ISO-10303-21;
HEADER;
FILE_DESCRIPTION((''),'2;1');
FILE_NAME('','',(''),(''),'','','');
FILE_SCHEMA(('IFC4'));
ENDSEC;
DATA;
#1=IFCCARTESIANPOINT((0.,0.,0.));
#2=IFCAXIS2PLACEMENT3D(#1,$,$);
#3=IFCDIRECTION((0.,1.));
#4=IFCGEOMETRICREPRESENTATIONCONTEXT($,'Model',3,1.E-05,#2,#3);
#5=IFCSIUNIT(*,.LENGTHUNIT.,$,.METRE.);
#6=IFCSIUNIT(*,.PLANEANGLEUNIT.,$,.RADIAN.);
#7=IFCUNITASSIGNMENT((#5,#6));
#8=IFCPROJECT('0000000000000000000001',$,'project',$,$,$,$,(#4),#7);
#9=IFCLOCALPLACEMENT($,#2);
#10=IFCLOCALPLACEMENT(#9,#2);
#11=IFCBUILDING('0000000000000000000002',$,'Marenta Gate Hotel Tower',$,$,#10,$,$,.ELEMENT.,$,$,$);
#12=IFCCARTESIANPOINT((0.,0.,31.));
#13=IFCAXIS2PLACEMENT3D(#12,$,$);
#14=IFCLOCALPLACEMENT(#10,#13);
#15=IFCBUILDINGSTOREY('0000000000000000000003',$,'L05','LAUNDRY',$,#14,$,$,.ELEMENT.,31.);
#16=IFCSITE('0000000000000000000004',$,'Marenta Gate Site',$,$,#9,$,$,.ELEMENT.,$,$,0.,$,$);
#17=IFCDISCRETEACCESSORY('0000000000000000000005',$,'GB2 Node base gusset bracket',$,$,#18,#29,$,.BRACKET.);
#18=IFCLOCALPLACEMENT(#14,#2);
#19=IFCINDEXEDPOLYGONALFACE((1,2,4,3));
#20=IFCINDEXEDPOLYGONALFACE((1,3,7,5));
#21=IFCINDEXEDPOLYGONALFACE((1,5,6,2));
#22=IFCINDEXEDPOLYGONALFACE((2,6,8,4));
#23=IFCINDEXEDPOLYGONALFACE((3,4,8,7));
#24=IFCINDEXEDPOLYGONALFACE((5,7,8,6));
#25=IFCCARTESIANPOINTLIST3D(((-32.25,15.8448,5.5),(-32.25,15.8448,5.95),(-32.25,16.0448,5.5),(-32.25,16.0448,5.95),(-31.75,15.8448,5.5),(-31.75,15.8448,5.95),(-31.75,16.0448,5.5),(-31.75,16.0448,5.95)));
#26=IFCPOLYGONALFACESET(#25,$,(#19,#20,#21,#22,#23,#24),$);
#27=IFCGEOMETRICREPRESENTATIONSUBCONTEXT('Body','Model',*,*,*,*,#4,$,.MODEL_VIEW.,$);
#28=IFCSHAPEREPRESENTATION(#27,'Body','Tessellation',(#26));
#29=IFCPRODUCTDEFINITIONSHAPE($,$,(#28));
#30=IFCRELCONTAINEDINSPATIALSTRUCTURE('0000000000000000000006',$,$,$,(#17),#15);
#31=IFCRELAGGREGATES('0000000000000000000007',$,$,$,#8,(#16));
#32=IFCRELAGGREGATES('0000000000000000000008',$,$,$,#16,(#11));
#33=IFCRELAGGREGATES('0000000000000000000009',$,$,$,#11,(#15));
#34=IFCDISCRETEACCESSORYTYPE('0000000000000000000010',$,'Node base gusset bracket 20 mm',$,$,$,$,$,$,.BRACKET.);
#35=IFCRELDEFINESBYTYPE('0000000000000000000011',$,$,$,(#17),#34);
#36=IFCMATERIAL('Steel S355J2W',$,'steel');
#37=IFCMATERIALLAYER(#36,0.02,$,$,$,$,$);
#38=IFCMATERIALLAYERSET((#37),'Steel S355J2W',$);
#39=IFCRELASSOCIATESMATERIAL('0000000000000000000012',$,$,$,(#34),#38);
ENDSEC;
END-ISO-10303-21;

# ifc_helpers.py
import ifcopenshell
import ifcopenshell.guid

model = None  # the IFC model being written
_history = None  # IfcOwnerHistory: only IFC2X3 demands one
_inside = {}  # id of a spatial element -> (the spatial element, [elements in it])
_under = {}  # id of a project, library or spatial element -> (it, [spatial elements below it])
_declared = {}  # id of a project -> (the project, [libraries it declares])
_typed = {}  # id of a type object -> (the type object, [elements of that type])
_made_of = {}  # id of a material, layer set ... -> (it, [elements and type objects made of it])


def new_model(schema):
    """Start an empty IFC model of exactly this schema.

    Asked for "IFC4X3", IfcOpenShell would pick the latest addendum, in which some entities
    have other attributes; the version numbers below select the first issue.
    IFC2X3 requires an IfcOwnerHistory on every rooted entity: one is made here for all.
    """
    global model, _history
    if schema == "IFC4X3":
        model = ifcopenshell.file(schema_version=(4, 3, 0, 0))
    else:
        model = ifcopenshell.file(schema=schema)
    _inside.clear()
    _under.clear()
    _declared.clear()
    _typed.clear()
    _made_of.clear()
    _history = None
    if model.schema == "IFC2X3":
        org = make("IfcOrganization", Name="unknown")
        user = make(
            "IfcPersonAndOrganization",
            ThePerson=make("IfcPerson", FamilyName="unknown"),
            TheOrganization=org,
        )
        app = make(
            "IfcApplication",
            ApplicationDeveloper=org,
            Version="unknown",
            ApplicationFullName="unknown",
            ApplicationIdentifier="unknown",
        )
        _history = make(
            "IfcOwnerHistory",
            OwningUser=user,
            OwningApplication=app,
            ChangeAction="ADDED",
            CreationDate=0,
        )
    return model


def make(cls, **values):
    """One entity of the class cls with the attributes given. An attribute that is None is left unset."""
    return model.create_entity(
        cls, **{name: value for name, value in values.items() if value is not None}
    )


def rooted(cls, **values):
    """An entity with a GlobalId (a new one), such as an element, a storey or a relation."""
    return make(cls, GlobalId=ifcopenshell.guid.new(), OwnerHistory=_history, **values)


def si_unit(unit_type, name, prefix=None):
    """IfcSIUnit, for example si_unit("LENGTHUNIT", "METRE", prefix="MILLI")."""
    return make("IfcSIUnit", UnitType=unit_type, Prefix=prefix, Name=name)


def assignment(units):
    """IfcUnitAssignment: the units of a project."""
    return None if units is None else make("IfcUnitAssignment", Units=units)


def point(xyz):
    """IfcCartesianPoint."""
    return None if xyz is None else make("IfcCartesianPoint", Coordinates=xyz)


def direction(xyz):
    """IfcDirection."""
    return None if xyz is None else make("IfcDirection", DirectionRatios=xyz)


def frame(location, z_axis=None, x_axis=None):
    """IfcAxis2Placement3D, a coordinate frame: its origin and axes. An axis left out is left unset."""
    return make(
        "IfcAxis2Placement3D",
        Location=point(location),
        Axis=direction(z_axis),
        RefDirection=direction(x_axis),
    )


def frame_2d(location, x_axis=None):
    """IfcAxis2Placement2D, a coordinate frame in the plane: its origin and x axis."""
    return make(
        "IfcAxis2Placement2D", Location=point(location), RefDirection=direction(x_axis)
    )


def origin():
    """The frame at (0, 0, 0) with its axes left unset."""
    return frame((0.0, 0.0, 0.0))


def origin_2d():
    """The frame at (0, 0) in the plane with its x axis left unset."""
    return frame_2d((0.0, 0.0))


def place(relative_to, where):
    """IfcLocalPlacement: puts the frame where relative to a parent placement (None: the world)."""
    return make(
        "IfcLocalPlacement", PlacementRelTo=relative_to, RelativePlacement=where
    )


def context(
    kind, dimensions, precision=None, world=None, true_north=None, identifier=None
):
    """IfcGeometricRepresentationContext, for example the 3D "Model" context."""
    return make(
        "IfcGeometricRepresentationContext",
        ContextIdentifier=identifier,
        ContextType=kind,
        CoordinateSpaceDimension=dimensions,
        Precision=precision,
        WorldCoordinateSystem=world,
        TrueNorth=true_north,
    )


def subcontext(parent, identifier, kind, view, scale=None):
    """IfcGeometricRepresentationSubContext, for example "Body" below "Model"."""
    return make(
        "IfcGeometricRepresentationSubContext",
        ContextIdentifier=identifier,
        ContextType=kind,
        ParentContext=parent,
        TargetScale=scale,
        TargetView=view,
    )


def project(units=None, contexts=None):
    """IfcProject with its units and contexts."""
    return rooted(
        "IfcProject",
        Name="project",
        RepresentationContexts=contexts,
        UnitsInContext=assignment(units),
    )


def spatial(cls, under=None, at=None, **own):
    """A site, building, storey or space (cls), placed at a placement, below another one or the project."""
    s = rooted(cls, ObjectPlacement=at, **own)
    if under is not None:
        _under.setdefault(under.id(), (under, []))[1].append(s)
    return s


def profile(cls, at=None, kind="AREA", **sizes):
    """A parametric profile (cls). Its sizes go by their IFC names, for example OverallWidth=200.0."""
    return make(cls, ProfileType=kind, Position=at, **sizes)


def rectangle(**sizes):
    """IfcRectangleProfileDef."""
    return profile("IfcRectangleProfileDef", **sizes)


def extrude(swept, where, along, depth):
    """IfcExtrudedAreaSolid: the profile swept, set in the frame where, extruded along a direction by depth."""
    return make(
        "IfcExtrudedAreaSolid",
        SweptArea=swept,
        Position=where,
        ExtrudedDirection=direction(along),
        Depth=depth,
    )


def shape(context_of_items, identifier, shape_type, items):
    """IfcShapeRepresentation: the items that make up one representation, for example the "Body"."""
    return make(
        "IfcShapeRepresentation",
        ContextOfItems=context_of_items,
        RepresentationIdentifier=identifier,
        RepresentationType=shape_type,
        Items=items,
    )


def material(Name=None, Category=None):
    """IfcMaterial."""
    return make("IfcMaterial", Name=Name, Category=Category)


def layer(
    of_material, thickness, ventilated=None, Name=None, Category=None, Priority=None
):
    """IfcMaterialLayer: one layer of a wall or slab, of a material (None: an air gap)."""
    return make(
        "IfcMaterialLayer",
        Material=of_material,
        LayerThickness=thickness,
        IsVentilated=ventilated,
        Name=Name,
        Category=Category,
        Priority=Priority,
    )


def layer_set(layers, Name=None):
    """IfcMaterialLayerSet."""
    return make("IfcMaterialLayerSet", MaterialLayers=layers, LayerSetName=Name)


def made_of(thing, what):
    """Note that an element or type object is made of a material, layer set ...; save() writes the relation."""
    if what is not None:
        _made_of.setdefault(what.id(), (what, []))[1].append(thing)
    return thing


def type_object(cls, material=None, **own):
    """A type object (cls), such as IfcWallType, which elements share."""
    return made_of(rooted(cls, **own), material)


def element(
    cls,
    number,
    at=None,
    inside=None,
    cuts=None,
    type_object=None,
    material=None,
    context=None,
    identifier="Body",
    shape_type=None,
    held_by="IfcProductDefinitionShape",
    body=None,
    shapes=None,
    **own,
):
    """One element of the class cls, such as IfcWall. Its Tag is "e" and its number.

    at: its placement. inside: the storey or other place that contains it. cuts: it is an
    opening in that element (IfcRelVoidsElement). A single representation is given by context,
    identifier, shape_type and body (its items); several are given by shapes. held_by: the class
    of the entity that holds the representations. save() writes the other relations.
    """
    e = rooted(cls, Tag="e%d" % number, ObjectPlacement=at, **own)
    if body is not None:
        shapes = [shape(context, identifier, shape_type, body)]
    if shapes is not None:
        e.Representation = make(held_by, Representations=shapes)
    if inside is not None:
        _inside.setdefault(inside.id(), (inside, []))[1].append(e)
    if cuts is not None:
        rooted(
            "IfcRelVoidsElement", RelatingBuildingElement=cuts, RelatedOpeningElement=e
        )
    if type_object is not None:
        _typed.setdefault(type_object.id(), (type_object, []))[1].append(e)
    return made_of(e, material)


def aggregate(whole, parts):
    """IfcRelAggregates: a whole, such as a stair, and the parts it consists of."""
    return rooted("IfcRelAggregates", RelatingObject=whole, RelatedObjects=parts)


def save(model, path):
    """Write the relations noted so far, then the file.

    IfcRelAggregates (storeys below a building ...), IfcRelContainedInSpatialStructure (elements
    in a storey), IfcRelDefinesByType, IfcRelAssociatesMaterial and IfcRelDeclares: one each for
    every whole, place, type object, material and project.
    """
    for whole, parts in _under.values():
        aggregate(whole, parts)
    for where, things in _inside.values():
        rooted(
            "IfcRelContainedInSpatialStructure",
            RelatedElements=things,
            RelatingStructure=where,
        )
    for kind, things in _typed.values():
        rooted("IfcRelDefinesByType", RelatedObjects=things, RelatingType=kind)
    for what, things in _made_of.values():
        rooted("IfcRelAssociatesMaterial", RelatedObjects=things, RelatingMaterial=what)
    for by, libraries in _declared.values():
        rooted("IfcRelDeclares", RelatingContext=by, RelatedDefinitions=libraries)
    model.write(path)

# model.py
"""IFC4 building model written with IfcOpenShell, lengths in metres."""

from ifc_helpers import new_model, si_unit, direction, frame, origin, origin_2d, place, context, subcontext, project, spatial, rectangle, extrude, material, layer, layer_set, type_object, element, save


model = new_model("IFC4")

# Units and contexts
model_context = context("Model", 3, precision=1e-05, world=origin(), true_north=direction((0.0, 1.0)))
body_context = subcontext(model_context, "Body", "Model", "MODEL_VIEW")
ifc_project = project(units=[si_unit("LENGTHUNIT", "METRE"), si_unit("PLANEANGLEUNIT", "RADIAN")], contexts=[model_context])

# Site, building, storey
site_placement = place(None, origin())
site = spatial("IfcSite", under=ifc_project, at=site_placement, Name="Marenta Gate Site", CompositionType="ELEMENT", RefElevation=0.0)
building_placement = place(site_placement, origin())
building = spatial("IfcBuilding", under=site, at=building_placement, Name="Marenta Gate Hotel Tower", CompositionType="ELEMENT")
storey_placement = place(building_placement, frame((0.0, 0.0, 31.0)))
storey = spatial("IfcBuildingStorey", under=building, at=storey_placement, Name="L05", Description="LAUNDRY", CompositionType="ELEMENT", Elevation=31.0)

# Discrete accessory
ifc_material_1 = material(Name="Steel S355J2W", Category="steel")
ifc_layer_1 = layer(ifc_material_1, 0.02)
ifc_layer_set_1 = layer_set([ifc_layer_1], Name="Steel S355J2W")
discrete_accessory_type_1 = type_object("IfcDiscreteAccessoryType", Name="Node base gusset bracket 20 mm", PredefinedType="BRACKET", material=ifc_layer_set_1)
discrete_accessory_placement = place(storey_placement, frame((-32.0, 15.9448, 5.5), z_axis=(0.0, 0.0, 1.0), x_axis=(0.0, 1.0, 0.0)))
element("IfcDiscreteAccessory", 1, at=discrete_accessory_placement, inside=storey, type_object=discrete_accessory_type_1, Name="GB2 Node base gusset bracket", PredefinedType="BRACKET", context=body_context, shape_type="SweptSolid", body=[
    extrude(rectangle(XDim=0.2, YDim=0.5, at=origin_2d()), origin(), (0.0, 0.0, 1.0), 0.45),
])

save(model, "model.ifc")
